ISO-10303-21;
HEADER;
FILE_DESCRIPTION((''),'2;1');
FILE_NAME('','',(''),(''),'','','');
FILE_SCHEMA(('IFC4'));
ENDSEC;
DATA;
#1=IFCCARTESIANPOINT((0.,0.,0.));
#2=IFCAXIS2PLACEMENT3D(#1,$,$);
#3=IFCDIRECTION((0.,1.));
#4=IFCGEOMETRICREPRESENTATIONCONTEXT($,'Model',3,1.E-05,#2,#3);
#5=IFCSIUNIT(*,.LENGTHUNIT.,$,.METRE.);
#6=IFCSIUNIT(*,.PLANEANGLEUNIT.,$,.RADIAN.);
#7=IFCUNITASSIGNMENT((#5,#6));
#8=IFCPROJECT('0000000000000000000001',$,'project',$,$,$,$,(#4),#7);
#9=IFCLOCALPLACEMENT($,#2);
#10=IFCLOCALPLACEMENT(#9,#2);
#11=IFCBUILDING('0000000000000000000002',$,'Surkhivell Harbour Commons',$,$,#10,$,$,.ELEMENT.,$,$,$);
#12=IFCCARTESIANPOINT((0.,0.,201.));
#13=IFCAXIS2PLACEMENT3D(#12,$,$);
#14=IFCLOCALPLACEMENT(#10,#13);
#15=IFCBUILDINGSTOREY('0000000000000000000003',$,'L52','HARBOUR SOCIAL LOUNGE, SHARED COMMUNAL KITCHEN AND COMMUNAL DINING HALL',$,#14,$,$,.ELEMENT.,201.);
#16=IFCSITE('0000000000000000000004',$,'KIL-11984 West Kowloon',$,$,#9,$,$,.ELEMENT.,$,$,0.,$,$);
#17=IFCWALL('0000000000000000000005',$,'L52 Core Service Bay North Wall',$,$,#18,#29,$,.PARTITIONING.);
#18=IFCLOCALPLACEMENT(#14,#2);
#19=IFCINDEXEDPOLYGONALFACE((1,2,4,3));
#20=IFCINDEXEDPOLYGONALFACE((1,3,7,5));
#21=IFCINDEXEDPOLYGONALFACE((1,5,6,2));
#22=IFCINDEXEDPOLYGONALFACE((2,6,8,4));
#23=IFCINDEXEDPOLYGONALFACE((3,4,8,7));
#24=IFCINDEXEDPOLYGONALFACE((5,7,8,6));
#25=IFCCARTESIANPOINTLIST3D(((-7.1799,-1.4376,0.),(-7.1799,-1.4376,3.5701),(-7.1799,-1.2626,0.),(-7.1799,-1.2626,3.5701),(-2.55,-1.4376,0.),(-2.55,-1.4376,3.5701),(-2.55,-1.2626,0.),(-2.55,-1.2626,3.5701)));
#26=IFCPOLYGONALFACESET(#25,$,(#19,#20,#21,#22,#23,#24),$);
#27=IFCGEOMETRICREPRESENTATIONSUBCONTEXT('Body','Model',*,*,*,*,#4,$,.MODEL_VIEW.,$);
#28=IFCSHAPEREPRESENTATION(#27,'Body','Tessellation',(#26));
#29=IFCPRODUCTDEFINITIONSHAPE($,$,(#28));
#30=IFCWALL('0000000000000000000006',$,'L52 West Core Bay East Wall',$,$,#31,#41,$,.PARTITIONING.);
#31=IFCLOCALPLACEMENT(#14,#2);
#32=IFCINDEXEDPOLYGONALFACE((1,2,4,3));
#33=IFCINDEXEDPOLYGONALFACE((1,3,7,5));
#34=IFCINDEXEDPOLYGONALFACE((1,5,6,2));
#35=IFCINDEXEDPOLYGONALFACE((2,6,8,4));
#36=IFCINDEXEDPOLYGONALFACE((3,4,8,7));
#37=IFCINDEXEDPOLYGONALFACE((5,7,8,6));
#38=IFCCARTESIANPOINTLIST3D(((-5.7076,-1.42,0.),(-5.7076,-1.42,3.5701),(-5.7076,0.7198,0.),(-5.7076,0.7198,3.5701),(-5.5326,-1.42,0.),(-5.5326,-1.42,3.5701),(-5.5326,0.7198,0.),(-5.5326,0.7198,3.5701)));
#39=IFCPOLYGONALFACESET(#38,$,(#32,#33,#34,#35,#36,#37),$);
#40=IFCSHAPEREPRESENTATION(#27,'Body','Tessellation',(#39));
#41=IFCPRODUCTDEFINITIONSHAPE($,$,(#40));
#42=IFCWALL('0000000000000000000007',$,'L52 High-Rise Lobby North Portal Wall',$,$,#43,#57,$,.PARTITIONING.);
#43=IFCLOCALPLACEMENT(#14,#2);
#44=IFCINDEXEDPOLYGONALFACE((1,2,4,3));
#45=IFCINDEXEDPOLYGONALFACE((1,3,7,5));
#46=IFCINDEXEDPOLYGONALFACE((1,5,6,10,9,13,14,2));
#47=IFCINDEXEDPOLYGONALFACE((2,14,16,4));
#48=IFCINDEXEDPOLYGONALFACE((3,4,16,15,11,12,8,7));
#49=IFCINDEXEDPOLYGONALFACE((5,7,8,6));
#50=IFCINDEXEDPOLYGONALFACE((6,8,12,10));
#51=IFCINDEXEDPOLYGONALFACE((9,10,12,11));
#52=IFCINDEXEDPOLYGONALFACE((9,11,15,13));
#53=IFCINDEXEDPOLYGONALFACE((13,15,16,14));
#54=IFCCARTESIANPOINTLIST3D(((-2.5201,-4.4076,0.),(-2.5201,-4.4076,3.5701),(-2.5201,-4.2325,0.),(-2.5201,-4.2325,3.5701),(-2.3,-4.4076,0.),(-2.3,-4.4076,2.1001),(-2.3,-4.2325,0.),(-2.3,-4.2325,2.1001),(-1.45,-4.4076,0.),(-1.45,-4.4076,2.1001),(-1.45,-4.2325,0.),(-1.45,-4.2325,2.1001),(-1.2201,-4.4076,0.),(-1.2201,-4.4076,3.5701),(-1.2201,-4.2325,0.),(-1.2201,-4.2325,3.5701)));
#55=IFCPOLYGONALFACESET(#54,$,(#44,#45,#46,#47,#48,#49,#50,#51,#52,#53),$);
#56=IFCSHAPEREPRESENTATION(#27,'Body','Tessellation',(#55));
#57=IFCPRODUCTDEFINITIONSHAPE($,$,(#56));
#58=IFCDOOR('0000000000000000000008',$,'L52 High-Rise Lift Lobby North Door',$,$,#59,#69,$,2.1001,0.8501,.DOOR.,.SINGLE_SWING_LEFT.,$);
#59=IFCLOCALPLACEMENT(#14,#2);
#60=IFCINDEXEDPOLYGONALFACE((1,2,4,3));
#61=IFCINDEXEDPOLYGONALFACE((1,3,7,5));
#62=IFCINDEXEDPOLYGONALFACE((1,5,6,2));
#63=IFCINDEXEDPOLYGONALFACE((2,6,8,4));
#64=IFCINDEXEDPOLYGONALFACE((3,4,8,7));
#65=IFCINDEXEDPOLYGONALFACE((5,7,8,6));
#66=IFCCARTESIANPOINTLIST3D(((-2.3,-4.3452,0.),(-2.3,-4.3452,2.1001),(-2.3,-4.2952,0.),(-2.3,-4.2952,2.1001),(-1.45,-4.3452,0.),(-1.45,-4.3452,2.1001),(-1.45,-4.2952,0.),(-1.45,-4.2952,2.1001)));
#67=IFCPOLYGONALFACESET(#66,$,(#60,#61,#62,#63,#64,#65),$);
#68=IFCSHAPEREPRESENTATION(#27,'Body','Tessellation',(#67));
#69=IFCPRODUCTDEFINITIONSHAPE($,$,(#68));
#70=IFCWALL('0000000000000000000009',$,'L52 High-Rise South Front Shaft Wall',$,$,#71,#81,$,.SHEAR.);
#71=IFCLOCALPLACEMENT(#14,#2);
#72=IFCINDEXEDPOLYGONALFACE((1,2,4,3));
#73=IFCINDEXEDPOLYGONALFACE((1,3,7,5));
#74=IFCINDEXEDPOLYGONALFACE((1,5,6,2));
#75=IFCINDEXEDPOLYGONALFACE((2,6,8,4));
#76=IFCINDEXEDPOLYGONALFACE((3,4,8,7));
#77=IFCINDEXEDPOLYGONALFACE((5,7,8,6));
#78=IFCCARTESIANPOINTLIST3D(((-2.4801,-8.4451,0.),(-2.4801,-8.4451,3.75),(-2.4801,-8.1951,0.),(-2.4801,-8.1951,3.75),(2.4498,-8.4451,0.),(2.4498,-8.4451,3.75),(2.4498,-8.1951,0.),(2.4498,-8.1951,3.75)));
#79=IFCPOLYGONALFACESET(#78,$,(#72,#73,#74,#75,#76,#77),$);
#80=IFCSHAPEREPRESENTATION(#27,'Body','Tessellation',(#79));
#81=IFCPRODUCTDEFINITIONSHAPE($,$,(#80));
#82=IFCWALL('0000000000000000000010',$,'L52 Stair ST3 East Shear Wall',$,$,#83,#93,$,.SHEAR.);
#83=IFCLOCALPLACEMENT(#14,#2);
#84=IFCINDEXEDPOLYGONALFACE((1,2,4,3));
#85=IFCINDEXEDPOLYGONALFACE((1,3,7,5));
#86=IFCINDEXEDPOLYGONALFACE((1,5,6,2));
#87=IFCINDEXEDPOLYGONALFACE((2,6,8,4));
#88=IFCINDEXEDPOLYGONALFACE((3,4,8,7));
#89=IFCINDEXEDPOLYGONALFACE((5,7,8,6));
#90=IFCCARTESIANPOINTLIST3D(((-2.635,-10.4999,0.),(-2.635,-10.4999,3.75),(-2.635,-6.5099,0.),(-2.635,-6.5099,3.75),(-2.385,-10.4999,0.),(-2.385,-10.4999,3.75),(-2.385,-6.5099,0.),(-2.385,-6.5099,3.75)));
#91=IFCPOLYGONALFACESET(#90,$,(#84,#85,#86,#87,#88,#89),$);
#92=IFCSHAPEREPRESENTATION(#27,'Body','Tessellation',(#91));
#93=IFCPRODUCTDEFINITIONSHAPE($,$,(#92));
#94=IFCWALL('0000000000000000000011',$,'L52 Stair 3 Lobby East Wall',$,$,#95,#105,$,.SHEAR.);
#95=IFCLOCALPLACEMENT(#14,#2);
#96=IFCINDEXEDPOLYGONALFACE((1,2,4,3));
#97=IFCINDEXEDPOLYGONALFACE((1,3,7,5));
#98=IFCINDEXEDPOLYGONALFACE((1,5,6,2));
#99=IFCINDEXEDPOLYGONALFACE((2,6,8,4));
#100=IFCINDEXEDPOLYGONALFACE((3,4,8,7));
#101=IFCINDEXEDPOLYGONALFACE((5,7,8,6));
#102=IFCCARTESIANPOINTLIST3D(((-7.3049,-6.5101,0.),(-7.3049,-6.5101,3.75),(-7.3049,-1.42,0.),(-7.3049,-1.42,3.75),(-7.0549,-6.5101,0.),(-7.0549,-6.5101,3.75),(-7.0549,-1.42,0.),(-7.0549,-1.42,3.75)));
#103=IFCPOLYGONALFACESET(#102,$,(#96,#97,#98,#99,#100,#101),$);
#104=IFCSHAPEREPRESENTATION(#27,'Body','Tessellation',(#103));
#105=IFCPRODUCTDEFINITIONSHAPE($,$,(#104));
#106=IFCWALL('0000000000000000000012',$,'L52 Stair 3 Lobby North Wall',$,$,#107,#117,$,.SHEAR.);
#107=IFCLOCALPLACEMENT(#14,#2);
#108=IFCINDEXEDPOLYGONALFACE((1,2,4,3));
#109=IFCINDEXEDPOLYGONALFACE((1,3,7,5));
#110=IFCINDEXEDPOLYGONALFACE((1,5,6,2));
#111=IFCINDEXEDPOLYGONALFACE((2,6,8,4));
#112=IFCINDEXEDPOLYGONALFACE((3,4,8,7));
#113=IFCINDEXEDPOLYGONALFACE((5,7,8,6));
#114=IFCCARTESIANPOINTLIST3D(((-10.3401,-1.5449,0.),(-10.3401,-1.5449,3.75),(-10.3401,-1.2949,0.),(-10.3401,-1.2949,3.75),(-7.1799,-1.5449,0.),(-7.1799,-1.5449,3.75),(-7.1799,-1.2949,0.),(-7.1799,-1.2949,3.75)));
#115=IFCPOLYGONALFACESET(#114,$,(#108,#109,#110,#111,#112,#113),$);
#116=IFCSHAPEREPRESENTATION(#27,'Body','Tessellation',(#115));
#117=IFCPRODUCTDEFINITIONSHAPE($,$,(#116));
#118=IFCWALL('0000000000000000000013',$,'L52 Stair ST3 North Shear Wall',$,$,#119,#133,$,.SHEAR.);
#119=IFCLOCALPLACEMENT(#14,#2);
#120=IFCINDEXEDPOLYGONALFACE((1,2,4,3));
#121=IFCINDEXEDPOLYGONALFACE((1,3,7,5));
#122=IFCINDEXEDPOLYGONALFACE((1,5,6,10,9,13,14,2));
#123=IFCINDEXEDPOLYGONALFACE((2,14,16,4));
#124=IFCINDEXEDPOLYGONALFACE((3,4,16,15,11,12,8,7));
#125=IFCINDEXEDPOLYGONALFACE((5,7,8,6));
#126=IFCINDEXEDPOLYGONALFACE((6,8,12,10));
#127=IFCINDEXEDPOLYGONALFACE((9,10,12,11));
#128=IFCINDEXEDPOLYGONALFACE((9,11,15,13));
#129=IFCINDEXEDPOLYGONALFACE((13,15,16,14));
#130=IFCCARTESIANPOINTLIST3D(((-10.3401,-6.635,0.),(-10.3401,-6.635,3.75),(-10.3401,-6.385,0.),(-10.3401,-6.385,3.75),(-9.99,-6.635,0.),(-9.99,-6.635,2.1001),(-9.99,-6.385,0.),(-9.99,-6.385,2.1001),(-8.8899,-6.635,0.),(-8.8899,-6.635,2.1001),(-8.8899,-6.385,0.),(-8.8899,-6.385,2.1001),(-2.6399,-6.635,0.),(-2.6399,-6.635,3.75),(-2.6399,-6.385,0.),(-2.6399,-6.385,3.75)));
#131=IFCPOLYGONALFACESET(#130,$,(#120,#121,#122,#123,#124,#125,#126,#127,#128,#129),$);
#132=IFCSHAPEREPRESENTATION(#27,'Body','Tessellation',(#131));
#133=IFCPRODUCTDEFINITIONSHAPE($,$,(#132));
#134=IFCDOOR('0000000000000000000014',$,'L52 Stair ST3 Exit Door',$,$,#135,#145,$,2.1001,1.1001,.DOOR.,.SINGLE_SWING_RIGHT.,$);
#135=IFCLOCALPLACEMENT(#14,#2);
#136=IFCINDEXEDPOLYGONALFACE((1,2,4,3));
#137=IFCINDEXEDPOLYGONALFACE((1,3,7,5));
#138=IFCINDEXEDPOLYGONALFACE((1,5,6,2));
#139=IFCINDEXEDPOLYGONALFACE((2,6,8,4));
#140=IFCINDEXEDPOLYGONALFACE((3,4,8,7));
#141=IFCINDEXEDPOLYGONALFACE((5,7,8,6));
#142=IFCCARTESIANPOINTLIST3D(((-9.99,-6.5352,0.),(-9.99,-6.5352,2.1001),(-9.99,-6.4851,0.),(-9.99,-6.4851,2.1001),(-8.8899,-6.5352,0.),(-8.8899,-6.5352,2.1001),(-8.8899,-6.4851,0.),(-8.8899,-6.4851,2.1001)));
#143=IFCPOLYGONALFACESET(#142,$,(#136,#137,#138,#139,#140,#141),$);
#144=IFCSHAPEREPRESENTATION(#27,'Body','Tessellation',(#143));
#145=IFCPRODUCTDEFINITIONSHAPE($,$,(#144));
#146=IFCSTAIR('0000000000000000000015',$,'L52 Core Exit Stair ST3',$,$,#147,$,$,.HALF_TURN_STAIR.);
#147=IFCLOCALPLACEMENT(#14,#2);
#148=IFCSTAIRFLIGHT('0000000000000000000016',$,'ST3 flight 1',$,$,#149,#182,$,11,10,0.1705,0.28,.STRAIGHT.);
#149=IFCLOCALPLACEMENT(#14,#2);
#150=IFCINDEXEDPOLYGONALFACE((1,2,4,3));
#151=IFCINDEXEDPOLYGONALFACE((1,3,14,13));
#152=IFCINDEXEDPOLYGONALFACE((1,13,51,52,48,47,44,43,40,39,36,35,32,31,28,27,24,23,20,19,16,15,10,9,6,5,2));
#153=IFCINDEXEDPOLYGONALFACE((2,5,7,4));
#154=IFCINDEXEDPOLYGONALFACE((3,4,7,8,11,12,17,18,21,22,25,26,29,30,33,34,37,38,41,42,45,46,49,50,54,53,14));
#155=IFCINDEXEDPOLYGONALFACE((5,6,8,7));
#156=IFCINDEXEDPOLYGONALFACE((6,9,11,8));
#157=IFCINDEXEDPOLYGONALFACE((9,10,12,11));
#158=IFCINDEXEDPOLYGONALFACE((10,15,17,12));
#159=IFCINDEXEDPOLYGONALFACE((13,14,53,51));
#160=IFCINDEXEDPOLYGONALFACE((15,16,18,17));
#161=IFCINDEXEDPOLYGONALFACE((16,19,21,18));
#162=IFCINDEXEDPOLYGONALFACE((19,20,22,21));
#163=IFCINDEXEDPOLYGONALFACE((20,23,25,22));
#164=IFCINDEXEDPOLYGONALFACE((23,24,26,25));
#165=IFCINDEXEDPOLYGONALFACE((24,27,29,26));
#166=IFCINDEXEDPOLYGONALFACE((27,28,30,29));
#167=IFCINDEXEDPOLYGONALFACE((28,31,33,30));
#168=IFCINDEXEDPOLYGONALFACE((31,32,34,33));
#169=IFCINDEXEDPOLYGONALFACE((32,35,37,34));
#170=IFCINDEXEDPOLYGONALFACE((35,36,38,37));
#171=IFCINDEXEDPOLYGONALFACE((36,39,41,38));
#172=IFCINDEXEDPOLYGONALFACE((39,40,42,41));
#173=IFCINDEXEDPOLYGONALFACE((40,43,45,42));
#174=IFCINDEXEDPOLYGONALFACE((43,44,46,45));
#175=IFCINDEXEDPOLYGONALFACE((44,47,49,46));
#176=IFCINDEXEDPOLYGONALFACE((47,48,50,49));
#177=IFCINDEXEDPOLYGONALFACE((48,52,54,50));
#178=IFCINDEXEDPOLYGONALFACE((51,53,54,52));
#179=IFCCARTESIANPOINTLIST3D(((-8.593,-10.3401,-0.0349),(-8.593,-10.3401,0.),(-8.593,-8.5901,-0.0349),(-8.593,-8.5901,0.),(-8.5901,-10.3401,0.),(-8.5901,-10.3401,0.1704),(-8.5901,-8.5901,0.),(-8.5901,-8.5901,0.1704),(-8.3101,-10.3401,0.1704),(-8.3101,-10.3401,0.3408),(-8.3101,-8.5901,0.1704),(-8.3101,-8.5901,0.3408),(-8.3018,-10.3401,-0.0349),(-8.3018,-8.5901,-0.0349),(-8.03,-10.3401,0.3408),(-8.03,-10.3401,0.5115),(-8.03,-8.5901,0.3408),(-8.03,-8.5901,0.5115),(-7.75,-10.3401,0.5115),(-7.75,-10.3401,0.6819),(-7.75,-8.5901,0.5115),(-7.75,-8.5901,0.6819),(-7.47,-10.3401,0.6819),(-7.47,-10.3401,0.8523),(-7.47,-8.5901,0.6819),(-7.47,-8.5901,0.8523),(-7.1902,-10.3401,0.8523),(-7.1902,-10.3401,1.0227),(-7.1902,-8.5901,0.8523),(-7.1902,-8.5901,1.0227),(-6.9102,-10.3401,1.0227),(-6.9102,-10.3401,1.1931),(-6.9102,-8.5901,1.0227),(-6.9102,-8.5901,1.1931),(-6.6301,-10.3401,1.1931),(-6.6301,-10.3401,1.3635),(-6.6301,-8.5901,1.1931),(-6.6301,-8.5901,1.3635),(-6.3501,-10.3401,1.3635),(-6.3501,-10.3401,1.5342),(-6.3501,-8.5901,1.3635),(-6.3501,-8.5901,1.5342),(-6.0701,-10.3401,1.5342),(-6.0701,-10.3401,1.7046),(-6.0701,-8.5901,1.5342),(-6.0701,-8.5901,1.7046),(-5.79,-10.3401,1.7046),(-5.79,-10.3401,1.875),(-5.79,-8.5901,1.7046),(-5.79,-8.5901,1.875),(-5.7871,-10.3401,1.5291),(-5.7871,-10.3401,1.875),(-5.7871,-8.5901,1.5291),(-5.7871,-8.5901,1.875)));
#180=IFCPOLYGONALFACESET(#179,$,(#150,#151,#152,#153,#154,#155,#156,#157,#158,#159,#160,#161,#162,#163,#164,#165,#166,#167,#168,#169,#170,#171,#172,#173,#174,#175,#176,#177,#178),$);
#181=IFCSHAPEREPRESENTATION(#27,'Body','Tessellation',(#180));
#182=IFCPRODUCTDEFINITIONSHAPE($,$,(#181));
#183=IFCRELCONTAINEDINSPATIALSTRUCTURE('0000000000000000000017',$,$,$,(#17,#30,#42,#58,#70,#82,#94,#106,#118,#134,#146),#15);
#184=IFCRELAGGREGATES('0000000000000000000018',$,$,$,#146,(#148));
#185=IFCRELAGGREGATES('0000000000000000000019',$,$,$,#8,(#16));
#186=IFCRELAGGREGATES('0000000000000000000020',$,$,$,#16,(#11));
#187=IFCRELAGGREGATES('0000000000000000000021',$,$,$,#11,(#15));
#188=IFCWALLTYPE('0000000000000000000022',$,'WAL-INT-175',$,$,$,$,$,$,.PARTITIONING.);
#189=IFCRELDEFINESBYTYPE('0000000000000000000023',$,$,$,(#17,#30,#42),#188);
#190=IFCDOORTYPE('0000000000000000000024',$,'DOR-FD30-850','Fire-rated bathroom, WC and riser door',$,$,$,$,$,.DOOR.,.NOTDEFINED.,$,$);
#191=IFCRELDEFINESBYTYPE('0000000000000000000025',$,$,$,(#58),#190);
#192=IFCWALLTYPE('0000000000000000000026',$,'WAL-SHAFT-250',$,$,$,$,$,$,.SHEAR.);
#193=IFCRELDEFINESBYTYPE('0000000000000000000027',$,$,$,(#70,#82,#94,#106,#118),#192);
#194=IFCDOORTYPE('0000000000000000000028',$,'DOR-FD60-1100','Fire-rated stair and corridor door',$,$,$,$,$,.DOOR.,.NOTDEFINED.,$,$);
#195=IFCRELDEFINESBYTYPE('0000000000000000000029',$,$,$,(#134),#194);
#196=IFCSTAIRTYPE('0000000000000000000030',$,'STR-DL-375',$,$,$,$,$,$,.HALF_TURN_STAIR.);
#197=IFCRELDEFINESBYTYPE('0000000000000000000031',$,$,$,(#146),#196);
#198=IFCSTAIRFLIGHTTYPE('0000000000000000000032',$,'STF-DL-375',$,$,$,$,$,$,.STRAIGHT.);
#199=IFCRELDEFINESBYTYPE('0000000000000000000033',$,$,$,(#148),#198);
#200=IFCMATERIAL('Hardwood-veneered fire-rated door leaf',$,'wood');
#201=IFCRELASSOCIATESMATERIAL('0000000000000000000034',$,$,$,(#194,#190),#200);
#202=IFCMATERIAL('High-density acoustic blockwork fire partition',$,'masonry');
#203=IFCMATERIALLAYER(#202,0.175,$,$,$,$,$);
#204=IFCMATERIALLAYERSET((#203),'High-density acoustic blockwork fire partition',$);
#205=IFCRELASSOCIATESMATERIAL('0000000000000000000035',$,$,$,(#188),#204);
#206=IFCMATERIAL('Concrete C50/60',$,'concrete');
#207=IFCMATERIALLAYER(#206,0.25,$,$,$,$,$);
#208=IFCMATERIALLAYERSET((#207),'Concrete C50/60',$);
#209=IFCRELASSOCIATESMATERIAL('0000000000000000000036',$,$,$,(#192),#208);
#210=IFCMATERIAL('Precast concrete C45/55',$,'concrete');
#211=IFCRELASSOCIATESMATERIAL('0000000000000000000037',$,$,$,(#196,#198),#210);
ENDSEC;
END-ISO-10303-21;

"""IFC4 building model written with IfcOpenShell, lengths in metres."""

from ifc_helpers import new_model, si_unit, direction, frame, frame_2d, origin, place, context, subcontext, project, spatial, polyline, rectangle, outline, extrude, material, layer, layer_set, type_object, element, fill, aggregate, save


model = new_model("IFC4")

# Units and contexts
model_context = context("Model", 3, precision=1e-05, world=origin(), true_north=direction((0.0, 1.0)))
body_context = subcontext(model_context, "Body", "Model", "MODEL_VIEW")
ifc_project = project(units=[si_unit("LENGTHUNIT", "METRE"), si_unit("PLANEANGLEUNIT", "RADIAN")], contexts=[model_context])

# Site, building, storey
site_placement = place(None, origin())
site = spatial("IfcSite", under=ifc_project, at=site_placement, Name="KIL-11984 West Kowloon", CompositionType="ELEMENT", RefElevation=0.0)
building_placement = place(site_placement, origin())
building = spatial("IfcBuilding", under=site, at=building_placement, Name="Surkhivell Harbour Commons", CompositionType="ELEMENT")
storey_placement = place(building_placement, frame((0.0, 0.0, 201.0)))
storey = spatial("IfcBuildingStorey", under=building, at=storey_placement, Name="L52", Description="HARBOUR SOCIAL LOUNGE, SHARED COMMUNAL KITCHEN AND COMMUNAL DINING HALL", CompositionType="ELEMENT", Elevation=201.0)

# Shared definitions
ifc_material_1 = material(Name="Hardwood-veneered fire-rated door leaf", Category="wood")
door_type_1 = type_object("IfcDoorType", Name="DOR-FD60-1100", Description="Fire-rated stair and corridor door", OperationType="NOTDEFINED", PredefinedType="DOOR", material=ifc_material_1)
door_type_2 = type_object("IfcDoorType", Name="DOR-FD30-850", Description="Fire-rated bathroom, WC and riser door", OperationType="NOTDEFINED", PredefinedType="DOOR", material=ifc_material_1)
ifc_material_2 = material(Name="High-density acoustic blockwork fire partition", Category="masonry")
ifc_layer_1 = layer(ifc_material_2, 0.175)
ifc_layer_set_1 = layer_set([ifc_layer_1], Name="High-density acoustic blockwork fire partition")
wall_type_1 = type_object("IfcWallType", Name="WAL-INT-175", PredefinedType="PARTITIONING", material=ifc_layer_set_1)

# Walls
wall_1_placement = place(storey_placement, frame((-7.1799, -1.3501, 0.0), z_axis=(0.0, 0.0, 1.0), x_axis=(1.0, 0.0, 0.0)))
element("IfcWall", 1, at=wall_1_placement, inside=storey, type_object=wall_type_1, Name="L52 Core Service Bay North Wall", PredefinedType="PARTITIONING", context=body_context, shape_type="SweptSolid", body=[
    extrude(rectangle(XDim=4.6299, YDim=0.175, at=frame_2d((2.3149, 0.0))), origin(), (0.0, 0.0, 1.0), 3.5701),
])
wall_2_placement = place(storey_placement, frame((-5.6201, -1.4199, 0.0), z_axis=(0.0, 0.0, 1.0), x_axis=(0.0, 1.0, 0.0)))
element("IfcWall", 2, at=wall_2_placement, inside=storey, type_object=wall_type_1, Name="L52 West Core Bay East Wall", PredefinedType="PARTITIONING", context=body_context, shape_type="SweptSolid", body=[
    extrude(rectangle(XDim=2.1399, YDim=0.175, at=frame_2d((1.0698, 0.0))), origin(), (0.0, 0.0, 1.0), 3.5701),
])

# Wall, opening, door
wall_3_placement = place(storey_placement, frame((-2.52, -4.3201, 0.0), z_axis=(0.0, 0.0, 1.0), x_axis=(1.0, 0.0, 0.0)))
wall_3 = element("IfcWall", 3, at=wall_3_placement, inside=storey, type_object=wall_type_1, Name="L52 High-Rise Lobby North Portal Wall", PredefinedType="PARTITIONING", context=body_context, shape_type="SweptSolid", body=[
    extrude(rectangle(XDim=1.3, YDim=0.175, at=frame_2d((0.6499, 0.0))), origin(), (0.0, 0.0, 1.0), 3.5701),
])
opening_1_placement = place(wall_3_placement, frame((0.22, 0.0, 0.0)))
opening_1 = element("IfcOpeningElement", 4, at=opening_1_placement, cuts=wall_3, PredefinedType="OPENING", context=body_context, shape_type="SweptSolid", body=[
    extrude(rectangle(XDim=0.8501, YDim=2.1001, at=frame_2d((0.425, 1.05))), frame((0.0, 0.0974, 0.0), z_axis=(0.0, -1.0, 0.0), x_axis=(1.0, 0.0, 0.0)), (0.0, 0.0, 1.0), 0.1951),
])
door_1_placement = place(opening_1_placement, origin())
door_1 = element("IfcDoor", 5, at=door_1_placement, inside=storey, type_object=door_type_2, Name="L52 High-Rise Lift Lobby North Door", OperationType="SINGLE_SWING_LEFT", OverallHeight=2.1001, OverallWidth=0.8501, PredefinedType="DOOR", context=body_context, shape_type="SweptSolid", body=[
    extrude(rectangle(XDim=0.8501, YDim=2.1001, at=frame_2d((0.425, 1.05))), frame((0.0, 0.0249, 0.0), z_axis=(0.0, -1.0, 0.0), x_axis=(1.0, 0.0, 0.0)), (0.0, 0.0, 1.0), 0.05),
])
fill(opening_1, door_1)

# Walls
ifc_material_3 = material(Name="Concrete C50/60", Category="concrete")
ifc_layer_2 = layer(ifc_material_3, 0.25)
ifc_layer_set_2 = layer_set([ifc_layer_2], Name="Concrete C50/60")
wall_type_2 = type_object("IfcWallType", Name="WAL-SHAFT-250", PredefinedType="SHEAR", material=ifc_layer_set_2)
wall_4_placement = place(storey_placement, frame((-2.48, -8.3201, 0.0), z_axis=(0.0, 0.0, 1.0), x_axis=(1.0, 0.0, 0.0)))
element("IfcWall", 6, at=wall_4_placement, inside=storey, type_object=wall_type_2, Name="L52 High-Rise South Front Shaft Wall", PredefinedType="SHEAR", context=body_context, shape_type="SweptSolid", body=[
    extrude(rectangle(XDim=4.9299, YDim=0.25, at=frame_2d((2.4648, 0.0))), origin(), (0.0, 0.0, 1.0), 3.75),
])
wall_5_placement = place(storey_placement, frame((-2.51, -10.5, 0.0), z_axis=(0.0, 0.0, 1.0), x_axis=(0.0, 1.0, 0.0)))
element("IfcWall", 7, at=wall_5_placement, inside=storey, type_object=wall_type_2, Name="L52 Stair ST3 East Shear Wall", PredefinedType="SHEAR", context=body_context, shape_type="SweptSolid", body=[
    extrude(rectangle(XDim=3.99, YDim=0.25, at=frame_2d((1.9951, 0.0))), origin(), (0.0, 0.0, 1.0), 3.75),
])
wall_6_placement = place(storey_placement, frame((-7.1799, -6.51, 0.0), z_axis=(0.0, 0.0, 1.0), x_axis=(0.0, 1.0, 0.0)))
element("IfcWall", 8, at=wall_6_placement, inside=storey, type_object=wall_type_2, Name="L52 Stair 3 Lobby East Wall", PredefinedType="SHEAR", context=body_context, shape_type="SweptSolid", body=[
    extrude(rectangle(XDim=5.0901, YDim=0.25, at=frame_2d((2.5449, 0.0))), origin(), (0.0, 0.0, 1.0), 3.75),
])
wall_7_placement = place(storey_placement, frame((-10.3401, -1.4199, 0.0), z_axis=(0.0, 0.0, 1.0), x_axis=(1.0, 0.0, 0.0)))
element("IfcWall", 9, at=wall_7_placement, inside=storey, type_object=wall_type_2, Name="L52 Stair 3 Lobby North Wall", PredefinedType="SHEAR", context=body_context, shape_type="SweptSolid", body=[
    extrude(rectangle(XDim=3.1602, YDim=0.25, at=frame_2d((1.5801, 0.0))), origin(), (0.0, 0.0, 1.0), 3.75),
])

# Wall, opening, door
wall_8_placement = place(storey_placement, frame((-10.3401, -6.51, 0.0), z_axis=(0.0, 0.0, 1.0), x_axis=(1.0, 0.0, 0.0)))
wall_8 = element("IfcWall", 10, at=wall_8_placement, inside=storey, type_object=wall_type_2, Name="L52 Stair ST3 North Shear Wall", PredefinedType="SHEAR", context=body_context, shape_type="SweptSolid", body=[
    extrude(rectangle(XDim=7.7002, YDim=0.25, at=frame_2d((3.8501, 0.0))), origin(), (0.0, 0.0, 1.0), 3.75),
])
opening_2_placement = place(wall_8_placement, frame((0.3501, 0.0, 0.0)))
opening_2 = element("IfcOpeningElement", 11, at=opening_2_placement, cuts=wall_8, PredefinedType="OPENING", context=body_context, shape_type="SweptSolid", body=[
    extrude(rectangle(XDim=1.1001, YDim=2.1001, at=frame_2d((0.55, 1.05))), frame((0.0, 0.135, 0.0), z_axis=(0.0, -1.0, 0.0), x_axis=(1.0, 0.0, 0.0)), (0.0, 0.0, 1.0), 0.27),
])
door_2_placement = place(opening_2_placement, origin())
door_2 = element("IfcDoor", 12, at=door_2_placement, inside=storey, type_object=door_type_1, Name="L52 Stair ST3 Exit Door", OperationType="SINGLE_SWING_RIGHT", OverallHeight=2.1001, OverallWidth=1.1001, PredefinedType="DOOR", context=body_context, shape_type="SweptSolid", body=[
    extrude(rectangle(XDim=1.1001, YDim=2.1001, at=frame_2d((0.55, 1.05))), frame((0.0, 0.0249, 0.0), z_axis=(0.0, -1.0, 0.0), x_axis=(1.0, 0.0, 0.0)), (0.0, 0.0, 1.0), 0.05),
])
fill(opening_2, door_2)

# Stair, stair flight
ifc_material_4 = material(Name="Precast concrete C45/55", Category="concrete")
stair_type = type_object("IfcStairType", Name="STR-DL-375", PredefinedType="HALF_TURN_STAIR", material=ifc_material_4)
stair_placement = place(storey_placement, origin())
stair = element("IfcStair", 13, at=stair_placement, inside=storey, type_object=stair_type, Name="L52 Core Exit Stair ST3", PredefinedType="HALF_TURN_STAIR")
stair_flight_type = type_object("IfcStairFlightType", Name="STF-DL-375", PredefinedType="STRAIGHT", material=ifc_material_4)
stair_flight_1_placement = place(storey_placement, frame((-8.5901, -9.4651, 0.0), z_axis=(0.0, 0.0, 1.0), x_axis=(1.0, 0.0, 0.0)))
stair_flight_1 = element("IfcStairFlight", 14, at=stair_flight_1_placement, type_object=stair_flight_type, Name="ST3 flight 1", NumberOfRisers=11, NumberOfTreads=10, PredefinedType="STRAIGHT", RiserHeight=0.1705, TreadLength=0.28, context=body_context, shape_type="SweptSolid", body=[
    extrude(outline(polyline([(-0.0029, -0.0349), (-0.0029, 0.0), (0.0, 0.0), (0.0, 0.1704), (0.28, 0.1704), (0.28, 0.3408), (0.5601, 0.3408), (0.5601, 0.5115), (0.8401, 0.5115), (0.8401, 0.6819), (1.1201, 0.6819), (1.1201, 0.8523), (1.3999, 0.8523), (1.3999, 1.0227), (1.6799, 1.0227), (1.6799, 1.1931), (1.96, 1.1931), (1.96, 1.3635), (2.24, 1.3635), (2.24, 1.5342), (2.52, 1.5342), (2.52, 1.7046), (2.8, 1.7046), (2.8, 1.875), (2.803, 1.875), (2.803, 1.5291), (0.2883, -0.0349), (-0.0029, -0.0349)])), frame((0.0, 0.875, 0.0), z_axis=(0.0, -1.0, 0.0), x_axis=(1.0, 0.0, 0.0)), (0.0, 0.0, 1.0), 1.75),
])
aggregate(stair, [stair_flight_1])

save(model, "model.ifc")
